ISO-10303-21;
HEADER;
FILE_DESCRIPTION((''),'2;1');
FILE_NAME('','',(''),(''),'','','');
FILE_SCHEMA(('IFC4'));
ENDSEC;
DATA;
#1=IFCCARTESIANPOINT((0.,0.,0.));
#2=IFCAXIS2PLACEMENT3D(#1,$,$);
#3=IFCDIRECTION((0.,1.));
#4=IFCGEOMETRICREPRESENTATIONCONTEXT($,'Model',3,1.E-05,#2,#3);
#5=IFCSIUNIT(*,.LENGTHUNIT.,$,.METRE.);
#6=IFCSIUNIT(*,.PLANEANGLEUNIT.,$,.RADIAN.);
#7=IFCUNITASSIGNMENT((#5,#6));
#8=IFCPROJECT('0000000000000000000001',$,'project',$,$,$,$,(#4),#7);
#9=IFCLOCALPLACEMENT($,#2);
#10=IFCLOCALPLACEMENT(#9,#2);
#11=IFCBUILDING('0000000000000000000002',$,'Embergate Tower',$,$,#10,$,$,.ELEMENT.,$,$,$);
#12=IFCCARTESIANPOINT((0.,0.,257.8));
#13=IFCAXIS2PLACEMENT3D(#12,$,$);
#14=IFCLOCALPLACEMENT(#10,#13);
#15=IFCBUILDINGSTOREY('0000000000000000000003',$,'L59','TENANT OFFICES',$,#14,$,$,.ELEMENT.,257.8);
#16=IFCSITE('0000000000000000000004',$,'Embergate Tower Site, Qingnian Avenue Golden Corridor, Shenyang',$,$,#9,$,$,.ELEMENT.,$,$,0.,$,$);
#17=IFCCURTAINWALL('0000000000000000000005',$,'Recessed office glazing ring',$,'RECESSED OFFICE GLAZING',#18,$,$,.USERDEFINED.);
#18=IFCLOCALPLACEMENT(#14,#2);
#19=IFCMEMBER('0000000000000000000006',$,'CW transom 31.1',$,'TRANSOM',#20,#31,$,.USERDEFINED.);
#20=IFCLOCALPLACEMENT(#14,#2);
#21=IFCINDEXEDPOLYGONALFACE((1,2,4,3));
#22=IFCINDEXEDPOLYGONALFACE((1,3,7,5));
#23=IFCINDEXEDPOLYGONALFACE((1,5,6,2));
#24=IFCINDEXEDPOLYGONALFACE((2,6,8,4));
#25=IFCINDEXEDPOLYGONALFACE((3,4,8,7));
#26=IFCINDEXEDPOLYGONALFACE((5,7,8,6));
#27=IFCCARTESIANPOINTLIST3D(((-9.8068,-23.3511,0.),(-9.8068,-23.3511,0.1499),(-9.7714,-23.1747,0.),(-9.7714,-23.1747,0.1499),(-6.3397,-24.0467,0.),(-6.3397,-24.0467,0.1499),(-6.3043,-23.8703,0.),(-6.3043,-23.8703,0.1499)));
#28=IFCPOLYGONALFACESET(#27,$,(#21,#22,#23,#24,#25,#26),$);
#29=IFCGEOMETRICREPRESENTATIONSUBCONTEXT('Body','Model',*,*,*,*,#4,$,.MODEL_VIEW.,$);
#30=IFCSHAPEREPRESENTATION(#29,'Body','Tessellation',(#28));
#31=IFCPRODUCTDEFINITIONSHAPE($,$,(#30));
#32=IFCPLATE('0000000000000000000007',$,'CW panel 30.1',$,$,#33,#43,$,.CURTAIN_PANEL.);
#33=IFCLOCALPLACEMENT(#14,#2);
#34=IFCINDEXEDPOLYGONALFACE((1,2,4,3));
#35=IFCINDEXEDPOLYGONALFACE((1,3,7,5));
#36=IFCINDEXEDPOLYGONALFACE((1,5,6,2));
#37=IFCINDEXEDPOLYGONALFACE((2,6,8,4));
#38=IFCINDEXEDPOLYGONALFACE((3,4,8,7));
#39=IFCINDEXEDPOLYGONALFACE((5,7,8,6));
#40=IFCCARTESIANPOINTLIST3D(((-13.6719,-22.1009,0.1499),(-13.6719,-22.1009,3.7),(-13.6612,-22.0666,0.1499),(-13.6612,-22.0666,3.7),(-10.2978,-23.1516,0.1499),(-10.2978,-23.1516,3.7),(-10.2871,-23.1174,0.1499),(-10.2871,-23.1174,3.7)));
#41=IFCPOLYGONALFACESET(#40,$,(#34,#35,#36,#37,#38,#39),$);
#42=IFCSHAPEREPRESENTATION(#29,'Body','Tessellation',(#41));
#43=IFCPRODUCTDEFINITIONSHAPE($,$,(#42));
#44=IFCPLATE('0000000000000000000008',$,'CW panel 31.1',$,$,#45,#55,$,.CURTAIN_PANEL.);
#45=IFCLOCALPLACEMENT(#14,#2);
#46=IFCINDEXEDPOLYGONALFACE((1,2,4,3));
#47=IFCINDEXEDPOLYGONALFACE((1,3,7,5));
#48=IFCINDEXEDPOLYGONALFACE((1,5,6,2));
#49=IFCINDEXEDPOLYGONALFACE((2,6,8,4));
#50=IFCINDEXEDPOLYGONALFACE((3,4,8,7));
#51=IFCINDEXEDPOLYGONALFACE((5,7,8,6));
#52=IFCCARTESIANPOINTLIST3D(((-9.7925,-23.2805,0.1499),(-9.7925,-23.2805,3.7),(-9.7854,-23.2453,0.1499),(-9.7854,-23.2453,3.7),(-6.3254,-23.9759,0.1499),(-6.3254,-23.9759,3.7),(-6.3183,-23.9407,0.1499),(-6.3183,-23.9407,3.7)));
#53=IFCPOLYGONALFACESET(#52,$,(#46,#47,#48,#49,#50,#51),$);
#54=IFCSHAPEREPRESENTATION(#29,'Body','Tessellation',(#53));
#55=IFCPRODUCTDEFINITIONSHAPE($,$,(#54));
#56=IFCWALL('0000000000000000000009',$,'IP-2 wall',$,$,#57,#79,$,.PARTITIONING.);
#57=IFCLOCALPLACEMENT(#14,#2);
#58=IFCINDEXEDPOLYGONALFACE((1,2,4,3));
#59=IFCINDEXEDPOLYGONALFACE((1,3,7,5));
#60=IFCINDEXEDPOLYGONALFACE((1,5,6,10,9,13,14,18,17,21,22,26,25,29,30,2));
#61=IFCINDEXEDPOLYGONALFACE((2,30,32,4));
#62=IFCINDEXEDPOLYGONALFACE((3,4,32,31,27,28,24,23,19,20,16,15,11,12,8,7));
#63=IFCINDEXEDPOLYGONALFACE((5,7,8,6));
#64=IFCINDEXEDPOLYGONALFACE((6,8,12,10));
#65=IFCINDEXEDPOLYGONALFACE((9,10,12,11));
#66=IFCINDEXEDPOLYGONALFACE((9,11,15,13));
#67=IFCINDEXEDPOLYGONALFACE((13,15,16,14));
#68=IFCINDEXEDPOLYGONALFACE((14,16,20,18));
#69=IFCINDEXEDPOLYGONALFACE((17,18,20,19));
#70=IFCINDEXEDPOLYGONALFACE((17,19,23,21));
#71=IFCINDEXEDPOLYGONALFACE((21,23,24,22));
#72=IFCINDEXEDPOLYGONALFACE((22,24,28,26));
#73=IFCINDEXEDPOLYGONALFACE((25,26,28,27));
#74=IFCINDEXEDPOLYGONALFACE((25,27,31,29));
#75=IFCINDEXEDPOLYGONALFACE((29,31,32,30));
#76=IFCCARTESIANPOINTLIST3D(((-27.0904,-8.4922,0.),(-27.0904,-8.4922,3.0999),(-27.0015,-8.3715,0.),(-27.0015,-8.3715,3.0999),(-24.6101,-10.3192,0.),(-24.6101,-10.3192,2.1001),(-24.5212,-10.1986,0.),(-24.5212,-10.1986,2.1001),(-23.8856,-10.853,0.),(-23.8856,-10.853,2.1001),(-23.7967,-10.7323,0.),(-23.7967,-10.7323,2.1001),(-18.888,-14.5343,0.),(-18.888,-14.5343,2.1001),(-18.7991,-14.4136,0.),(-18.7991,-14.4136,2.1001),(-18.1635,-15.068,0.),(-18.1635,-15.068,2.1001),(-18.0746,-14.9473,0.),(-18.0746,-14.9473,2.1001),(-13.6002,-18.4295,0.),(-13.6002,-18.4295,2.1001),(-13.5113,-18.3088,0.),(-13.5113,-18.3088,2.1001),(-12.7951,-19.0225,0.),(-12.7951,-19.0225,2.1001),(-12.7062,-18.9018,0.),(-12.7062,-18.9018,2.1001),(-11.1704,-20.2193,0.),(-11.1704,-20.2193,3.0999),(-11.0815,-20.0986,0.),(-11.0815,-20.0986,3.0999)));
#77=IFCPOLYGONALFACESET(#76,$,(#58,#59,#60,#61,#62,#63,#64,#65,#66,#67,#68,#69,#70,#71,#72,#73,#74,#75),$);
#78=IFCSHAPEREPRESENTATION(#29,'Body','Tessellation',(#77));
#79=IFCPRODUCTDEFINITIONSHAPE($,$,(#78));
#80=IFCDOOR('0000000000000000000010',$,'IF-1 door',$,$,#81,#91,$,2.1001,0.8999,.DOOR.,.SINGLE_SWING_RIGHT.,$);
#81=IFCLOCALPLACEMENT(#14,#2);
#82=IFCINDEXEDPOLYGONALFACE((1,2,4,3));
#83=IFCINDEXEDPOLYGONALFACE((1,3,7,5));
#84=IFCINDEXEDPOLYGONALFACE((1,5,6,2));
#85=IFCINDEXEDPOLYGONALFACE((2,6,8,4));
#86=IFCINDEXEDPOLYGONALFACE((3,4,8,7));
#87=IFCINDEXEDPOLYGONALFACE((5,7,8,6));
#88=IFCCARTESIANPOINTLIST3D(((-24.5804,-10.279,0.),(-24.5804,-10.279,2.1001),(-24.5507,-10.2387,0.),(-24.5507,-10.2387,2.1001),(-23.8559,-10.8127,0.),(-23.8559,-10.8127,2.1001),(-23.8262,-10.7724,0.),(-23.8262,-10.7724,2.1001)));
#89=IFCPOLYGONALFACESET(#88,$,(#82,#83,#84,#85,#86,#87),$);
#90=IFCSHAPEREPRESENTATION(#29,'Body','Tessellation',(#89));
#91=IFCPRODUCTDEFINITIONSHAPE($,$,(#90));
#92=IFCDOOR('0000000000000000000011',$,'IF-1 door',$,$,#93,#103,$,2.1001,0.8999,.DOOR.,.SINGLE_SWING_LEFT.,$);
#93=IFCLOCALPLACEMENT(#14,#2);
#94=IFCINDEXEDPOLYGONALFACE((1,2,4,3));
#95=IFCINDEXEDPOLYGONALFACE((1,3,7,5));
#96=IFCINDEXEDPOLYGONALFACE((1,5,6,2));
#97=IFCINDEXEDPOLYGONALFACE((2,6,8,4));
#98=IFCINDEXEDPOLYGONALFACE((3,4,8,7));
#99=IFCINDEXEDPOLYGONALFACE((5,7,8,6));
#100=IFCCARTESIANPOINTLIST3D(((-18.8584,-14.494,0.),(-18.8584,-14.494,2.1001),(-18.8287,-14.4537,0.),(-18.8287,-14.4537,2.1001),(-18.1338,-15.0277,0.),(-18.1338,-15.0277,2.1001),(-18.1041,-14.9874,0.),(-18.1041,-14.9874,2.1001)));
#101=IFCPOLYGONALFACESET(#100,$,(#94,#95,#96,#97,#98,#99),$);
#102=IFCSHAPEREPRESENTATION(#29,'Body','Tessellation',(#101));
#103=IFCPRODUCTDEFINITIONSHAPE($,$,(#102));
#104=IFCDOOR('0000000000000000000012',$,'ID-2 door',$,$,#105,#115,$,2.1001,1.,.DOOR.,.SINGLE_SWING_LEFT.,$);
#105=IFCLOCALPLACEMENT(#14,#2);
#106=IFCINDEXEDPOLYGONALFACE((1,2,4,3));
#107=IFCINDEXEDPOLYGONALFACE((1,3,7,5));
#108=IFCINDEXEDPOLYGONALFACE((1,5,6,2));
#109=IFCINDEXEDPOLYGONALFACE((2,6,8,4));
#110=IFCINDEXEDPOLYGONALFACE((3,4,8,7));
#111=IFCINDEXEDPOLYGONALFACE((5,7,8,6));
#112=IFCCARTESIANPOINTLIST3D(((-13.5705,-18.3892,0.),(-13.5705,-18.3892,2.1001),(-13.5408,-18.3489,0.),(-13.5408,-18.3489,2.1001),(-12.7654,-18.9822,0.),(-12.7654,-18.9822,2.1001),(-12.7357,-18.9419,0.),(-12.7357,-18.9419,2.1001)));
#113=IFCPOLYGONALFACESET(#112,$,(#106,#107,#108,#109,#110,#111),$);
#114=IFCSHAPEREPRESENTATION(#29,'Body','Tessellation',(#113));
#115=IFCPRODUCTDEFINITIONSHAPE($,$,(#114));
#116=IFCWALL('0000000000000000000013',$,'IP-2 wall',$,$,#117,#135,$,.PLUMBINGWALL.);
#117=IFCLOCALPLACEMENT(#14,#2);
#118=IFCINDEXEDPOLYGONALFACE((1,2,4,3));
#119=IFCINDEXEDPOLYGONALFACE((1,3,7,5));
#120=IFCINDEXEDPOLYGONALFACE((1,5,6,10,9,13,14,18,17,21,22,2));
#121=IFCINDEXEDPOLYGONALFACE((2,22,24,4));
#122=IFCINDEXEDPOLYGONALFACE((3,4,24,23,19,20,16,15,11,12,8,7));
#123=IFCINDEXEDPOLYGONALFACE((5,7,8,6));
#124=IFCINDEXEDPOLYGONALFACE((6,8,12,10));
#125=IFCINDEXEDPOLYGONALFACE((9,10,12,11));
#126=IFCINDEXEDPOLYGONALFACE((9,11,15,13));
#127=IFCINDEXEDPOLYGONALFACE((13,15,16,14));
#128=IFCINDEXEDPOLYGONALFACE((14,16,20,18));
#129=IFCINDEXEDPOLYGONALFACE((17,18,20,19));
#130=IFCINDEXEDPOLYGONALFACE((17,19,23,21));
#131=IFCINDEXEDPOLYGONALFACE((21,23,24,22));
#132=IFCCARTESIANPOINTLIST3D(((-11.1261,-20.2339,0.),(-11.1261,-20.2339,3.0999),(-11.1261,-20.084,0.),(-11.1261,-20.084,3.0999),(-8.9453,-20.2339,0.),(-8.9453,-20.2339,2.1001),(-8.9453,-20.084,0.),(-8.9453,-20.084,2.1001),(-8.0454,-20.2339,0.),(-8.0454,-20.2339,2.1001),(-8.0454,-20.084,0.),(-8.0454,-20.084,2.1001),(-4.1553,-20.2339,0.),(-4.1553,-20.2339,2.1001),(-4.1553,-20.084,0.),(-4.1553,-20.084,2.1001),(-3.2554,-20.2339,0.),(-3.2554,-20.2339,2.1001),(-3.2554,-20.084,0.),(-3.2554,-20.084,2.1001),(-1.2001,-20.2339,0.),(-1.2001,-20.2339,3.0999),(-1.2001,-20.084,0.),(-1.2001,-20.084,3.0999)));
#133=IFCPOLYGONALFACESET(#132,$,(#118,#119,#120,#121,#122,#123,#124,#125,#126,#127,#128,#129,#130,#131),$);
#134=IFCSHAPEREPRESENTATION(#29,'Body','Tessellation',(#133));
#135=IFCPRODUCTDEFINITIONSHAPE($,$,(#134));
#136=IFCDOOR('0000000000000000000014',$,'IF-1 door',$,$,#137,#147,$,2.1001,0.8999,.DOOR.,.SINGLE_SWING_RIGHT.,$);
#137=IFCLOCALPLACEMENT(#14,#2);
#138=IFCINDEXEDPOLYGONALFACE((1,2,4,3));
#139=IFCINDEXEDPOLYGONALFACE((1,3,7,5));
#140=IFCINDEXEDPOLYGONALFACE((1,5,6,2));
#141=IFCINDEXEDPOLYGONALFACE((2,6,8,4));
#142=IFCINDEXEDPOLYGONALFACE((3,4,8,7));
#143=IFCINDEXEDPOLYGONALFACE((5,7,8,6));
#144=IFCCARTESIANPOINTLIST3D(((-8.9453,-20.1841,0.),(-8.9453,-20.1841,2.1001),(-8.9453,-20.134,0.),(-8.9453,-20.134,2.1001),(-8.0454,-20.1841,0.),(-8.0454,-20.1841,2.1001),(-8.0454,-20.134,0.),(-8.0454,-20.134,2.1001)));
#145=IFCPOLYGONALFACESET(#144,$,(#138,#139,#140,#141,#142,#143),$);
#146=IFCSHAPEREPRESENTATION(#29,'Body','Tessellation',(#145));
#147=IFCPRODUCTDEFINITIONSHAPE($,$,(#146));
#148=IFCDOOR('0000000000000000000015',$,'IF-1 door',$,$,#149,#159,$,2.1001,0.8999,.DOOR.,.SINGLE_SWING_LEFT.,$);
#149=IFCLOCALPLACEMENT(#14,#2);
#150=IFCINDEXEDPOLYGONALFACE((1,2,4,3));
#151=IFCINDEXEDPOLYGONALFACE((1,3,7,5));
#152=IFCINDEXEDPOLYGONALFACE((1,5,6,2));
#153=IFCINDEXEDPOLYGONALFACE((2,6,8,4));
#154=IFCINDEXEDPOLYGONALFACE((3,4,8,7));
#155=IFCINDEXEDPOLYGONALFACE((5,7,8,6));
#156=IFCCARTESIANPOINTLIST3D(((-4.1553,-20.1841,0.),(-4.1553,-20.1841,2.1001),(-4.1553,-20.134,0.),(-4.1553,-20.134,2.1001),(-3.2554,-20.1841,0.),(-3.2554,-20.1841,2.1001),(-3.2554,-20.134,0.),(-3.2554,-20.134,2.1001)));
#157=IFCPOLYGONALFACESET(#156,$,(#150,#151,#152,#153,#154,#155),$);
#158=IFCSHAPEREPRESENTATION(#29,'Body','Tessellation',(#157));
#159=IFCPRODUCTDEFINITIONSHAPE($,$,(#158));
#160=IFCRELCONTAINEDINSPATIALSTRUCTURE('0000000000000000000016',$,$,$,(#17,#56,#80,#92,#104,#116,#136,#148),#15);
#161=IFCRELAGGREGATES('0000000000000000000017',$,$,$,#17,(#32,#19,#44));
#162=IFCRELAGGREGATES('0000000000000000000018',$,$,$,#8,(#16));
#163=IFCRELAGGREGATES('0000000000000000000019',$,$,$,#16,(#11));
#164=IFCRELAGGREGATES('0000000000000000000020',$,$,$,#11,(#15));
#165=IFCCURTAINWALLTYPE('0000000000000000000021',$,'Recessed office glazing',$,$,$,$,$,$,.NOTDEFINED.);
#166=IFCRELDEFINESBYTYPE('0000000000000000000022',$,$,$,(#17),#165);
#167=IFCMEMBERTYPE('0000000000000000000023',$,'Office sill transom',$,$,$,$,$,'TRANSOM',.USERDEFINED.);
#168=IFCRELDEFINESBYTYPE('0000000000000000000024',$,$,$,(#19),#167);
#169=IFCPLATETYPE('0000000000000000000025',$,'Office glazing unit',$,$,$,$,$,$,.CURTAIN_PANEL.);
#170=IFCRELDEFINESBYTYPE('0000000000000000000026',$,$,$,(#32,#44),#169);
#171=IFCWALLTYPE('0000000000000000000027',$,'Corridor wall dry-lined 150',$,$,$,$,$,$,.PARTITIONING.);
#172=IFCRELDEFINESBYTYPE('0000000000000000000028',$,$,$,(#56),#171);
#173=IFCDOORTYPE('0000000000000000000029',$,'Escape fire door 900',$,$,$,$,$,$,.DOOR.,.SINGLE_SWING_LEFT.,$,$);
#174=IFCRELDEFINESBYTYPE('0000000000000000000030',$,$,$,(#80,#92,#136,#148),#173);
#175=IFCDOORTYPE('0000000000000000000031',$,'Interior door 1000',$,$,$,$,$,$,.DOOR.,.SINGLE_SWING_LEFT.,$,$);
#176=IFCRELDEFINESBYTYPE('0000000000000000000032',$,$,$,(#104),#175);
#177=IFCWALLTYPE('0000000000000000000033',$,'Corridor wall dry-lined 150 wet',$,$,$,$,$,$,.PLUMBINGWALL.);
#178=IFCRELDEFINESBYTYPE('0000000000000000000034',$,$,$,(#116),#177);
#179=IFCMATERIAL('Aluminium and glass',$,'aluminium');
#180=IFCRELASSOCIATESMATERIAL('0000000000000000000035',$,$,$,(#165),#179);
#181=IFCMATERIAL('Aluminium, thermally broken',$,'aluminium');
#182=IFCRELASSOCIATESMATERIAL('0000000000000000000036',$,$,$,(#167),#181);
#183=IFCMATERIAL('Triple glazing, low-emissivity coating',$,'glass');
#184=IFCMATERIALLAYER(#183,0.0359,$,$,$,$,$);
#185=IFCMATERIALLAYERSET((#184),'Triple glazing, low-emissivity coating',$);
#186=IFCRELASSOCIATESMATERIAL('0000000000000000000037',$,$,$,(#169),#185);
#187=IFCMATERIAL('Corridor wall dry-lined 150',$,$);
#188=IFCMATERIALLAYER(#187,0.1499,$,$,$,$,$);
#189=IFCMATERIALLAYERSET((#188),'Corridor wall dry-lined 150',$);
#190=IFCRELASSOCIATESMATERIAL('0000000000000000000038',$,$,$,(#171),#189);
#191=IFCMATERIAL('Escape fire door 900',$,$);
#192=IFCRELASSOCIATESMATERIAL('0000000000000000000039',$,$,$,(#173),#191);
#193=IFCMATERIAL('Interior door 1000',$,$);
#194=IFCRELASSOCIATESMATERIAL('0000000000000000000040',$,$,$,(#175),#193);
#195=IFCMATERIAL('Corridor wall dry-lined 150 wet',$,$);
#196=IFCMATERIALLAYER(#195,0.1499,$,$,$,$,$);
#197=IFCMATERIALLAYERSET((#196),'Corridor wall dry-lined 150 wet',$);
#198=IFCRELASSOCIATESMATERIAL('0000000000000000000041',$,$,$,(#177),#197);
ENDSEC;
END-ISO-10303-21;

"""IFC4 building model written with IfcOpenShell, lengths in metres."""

from ifc_helpers import new_model, si_unit, direction, frame, frame_2d, origin, origin_2d, place, context, subcontext, project, spatial, rectangle, extrude, source, transform, mapped, material, layer, layer_set, material_profile, profile_set, type_object, element, fill, aggregate, save


model = new_model("IFC4")

# Units and contexts
model_context = context("Model", 3, precision=1e-05, world=origin(), true_north=direction((0.0, 1.0)))
body_context = subcontext(model_context, "Body", "Model", "MODEL_VIEW")
ifc_project = project(units=[si_unit("LENGTHUNIT", "METRE"), si_unit("PLANEANGLEUNIT", "RADIAN")], contexts=[model_context])

# Site, building, storey
site_placement = place(None, origin())
site = spatial("IfcSite", under=ifc_project, at=site_placement, Name="Embergate Tower Site, Qingnian Avenue Golden Corridor, Shenyang", CompositionType="ELEMENT", RefElevation=0.0)
building_placement = place(site_placement, origin())
building = spatial("IfcBuilding", under=site, at=building_placement, Name="Embergate Tower", CompositionType="ELEMENT")
storey_placement = place(building_placement, frame((0.0, 0.0, 257.8)))
storey = spatial("IfcBuildingStorey", under=building, at=storey_placement, Name="L59", Description="TENANT OFFICES", CompositionType="ELEMENT", Elevation=257.8)

# Curtain wall, member, plates
ifc_material_1 = material(Name="Aluminium and glass", Category="aluminium")
curtain_wall_type = type_object("IfcCurtainWallType", Name="Recessed office glazing", PredefinedType="NOTDEFINED", material=ifc_material_1)
curtain_wall_placement = place(storey_placement, origin())
curtain_wall = element("IfcCurtainWall", 1, at=curtain_wall_placement, inside=storey, type_object=curtain_wall_type, Name="Recessed office glazing ring", ObjectType="RECESSED OFFICE GLAZING", PredefinedType="USERDEFINED")
ifc_material_2 = material(Name="Aluminium, thermally broken", Category="aluminium")
ifc_material_profile_1 = material_profile(ifc_material_2, rectangle(XDim=0.1799, YDim=0.1499, at=origin_2d()), Name="AL 150x180")
ifc_profile_set_1 = profile_set([ifc_material_profile_1], Name="Aluminium, thermally broken")
member_type_1 = type_object("IfcMemberType", Name="Office sill transom", ElementType="TRANSOM", PredefinedType="USERDEFINED", material=ifc_profile_set_1)
shared_shape_1 = source(origin(), body_context, "Body", "SweptSolid", [
    extrude(rectangle(XDim=0.1799, YDim=0.1499, at=origin_2d()), origin(), (0.0, 0.0, 1.0), 3.5361),
])
member_1_placement = place(storey_placement, frame((-9.7891, -23.2629, 0.075), z_axis=(0.980464, -0.1967, 0.0), x_axis=(0.1967, 0.980464, 0.0)))
member_1 = element("IfcMember", 2, at=member_1_placement, type_object=member_type_1, Name="CW transom 31.1", ObjectType="TRANSOM", PredefinedType="USERDEFINED", context=body_context, shape_type="MappedRepresentation", body=[
    mapped(shared_shape_1, transform((0.0, 0.0, 0.0))),
])
ifc_material_3 = material(Name="Triple glazing, low-emissivity coating", Category="glass")
ifc_layer_1 = layer(ifc_material_3, 0.0359)
ifc_layer_set_1 = layer_set([ifc_layer_1], Name="Triple glazing, low-emissivity coating")
plate_type = type_object("IfcPlateType", Name="Office glazing unit", PredefinedType="CURTAIN_PANEL", material=ifc_layer_set_1)
shared_shape_2 = source(origin(), body_context, "Body", "SweptSolid", [
    extrude(rectangle(XDim=3.5339, YDim=0.0359, at=origin_2d()), origin(), (0.0, 0.0, 1.0), 3.55),
])
plate_1_placement = place(storey_placement, frame((-11.9795, -22.6091, 0.1499), z_axis=(0.0, 0.0, 1.0), x_axis=(0.954773, -0.297337, 0.0)))
plate_1 = element("IfcPlate", 3, at=plate_1_placement, type_object=plate_type, Name="CW panel 30.1", PredefinedType="CURTAIN_PANEL", context=body_context, shape_type="MappedRepresentation", body=[
    mapped(shared_shape_2, transform((0.0, 0.0, 0.0))),
])
shared_shape_3 = source(origin(), body_context, "Body", "SweptSolid", [
    extrude(rectangle(XDim=3.5361, YDim=0.0359, at=origin_2d()), origin(), (0.0, 0.0, 1.0), 3.55),
])
plate_2_placement = place(storey_placement, frame((-8.0554, -23.6106, 0.1499), z_axis=(0.0, 0.0, 1.0), x_axis=(0.980476, -0.196639, 0.0)))
plate_2 = element("IfcPlate", 4, at=plate_2_placement, type_object=plate_type, Name="CW panel 31.1", PredefinedType="CURTAIN_PANEL", context=body_context, shape_type="MappedRepresentation", body=[
    mapped(shared_shape_3, transform((0.0, 0.0, 0.0))),
])
aggregate(curtain_wall, [plate_1, member_1, plate_2])

# Walls, openings, doors
ifc_material_4 = material(Name="Corridor wall dry-lined 150")
ifc_layer_2 = layer(ifc_material_4, 0.1499)
ifc_layer_set_2 = layer_set([ifc_layer_2], Name="Corridor wall dry-lined 150")
wall_type_1 = type_object("IfcWallType", Name="Corridor wall dry-lined 150", PredefinedType="PARTITIONING", material=ifc_layer_set_2)
shared_shape_4 = source(origin(), body_context, "Body", "SweptSolid", [
    extrude(rectangle(XDim=19.7729, YDim=0.1499, at=frame_2d((9.8865, 0.0))), origin(), (0.0, 0.0, 1.0), 3.0999),
])
wall_1_placement = place(storey_placement, frame((-11.126, -20.1589, 0.0), z_axis=(0.0, 0.0, 1.0), x_axis=(-0.805138, 0.593087, 0.0)))
wall_1 = element("IfcWall", 5, at=wall_1_placement, inside=storey, type_object=wall_type_1, Name="IP-2 wall", PredefinedType="PARTITIONING", context=body_context, shape_type="MappedRepresentation", body=[
    mapped(shared_shape_4, transform((0.0, 0.0, 0.0))),
])
shared_shape_5 = source(origin(), body_context, "Body", "SweptSolid", [
    extrude(rectangle(XDim=0.8999, YDim=2.1001, at=frame_2d((0.45, 1.05))), frame((0.0, 0.085, 0.0), z_axis=(0.0, -1.0, 0.0), x_axis=(1.0, 0.0, 0.0)), (0.0, 0.0, 1.0), 0.1699),
])
opening_1_placement = place(wall_1_placement, frame((15.7925, 0.0, 0.0)))
opening_1 = element("IfcOpeningElement", 6, at=opening_1_placement, cuts=wall_1, PredefinedType="OPENING", context=body_context, shape_type="MappedRepresentation", body=[
    mapped(shared_shape_5, transform((0.0, 0.0, 0.0))),
])
opening_2_placement = place(wall_1_placement, frame((8.6855, 0.0, 0.0)))
opening_2 = element("IfcOpeningElement", 7, at=opening_2_placement, cuts=wall_1, PredefinedType="OPENING", context=body_context, shape_type="MappedRepresentation", body=[
    mapped(shared_shape_5, transform((0.0, 0.0, 0.0))),
])
shared_shape_6 = source(origin(), body_context, "Body", "SweptSolid", [
    extrude(rectangle(XDim=1.0, YDim=2.1001, at=frame_2d((0.5, 1.05))), frame((0.0, 0.085, 0.0), z_axis=(0.0, -1.0, 0.0), x_axis=(1.0, 0.0, 0.0)), (0.0, 0.0, 1.0), 0.1699),
])
opening_3_placement = place(wall_1_placement, frame((2.0178, 0.0, 0.0)))
opening_3 = element("IfcOpeningElement", 8, at=opening_3_placement, cuts=wall_1, PredefinedType="OPENING", context=body_context, shape_type="MappedRepresentation", body=[
    mapped(shared_shape_6, transform((0.0, 0.0, 0.0))),
])
ifc_material_5 = material(Name="Escape fire door 900")
door_type_1 = type_object("IfcDoorType", Name="Escape fire door 900", OperationType="SINGLE_SWING_LEFT", PredefinedType="DOOR", material=ifc_material_5)
shared_shape_7 = source(origin(), body_context, "Body", "SweptSolid", [
    extrude(rectangle(XDim=0.8999, YDim=2.1001, at=frame_2d((0.45, 1.05))), frame((0.0, 0.0249, 0.0), z_axis=(0.0, -1.0, 0.0), x_axis=(1.0, 0.0, 0.0)), (0.0, 0.0, 1.0), 0.05),
])
door_1_placement = place(opening_1_placement, origin())
door_1 = element("IfcDoor", 9, at=door_1_placement, inside=storey, type_object=door_type_1, Name="IF-1 door", OperationType="SINGLE_SWING_RIGHT", OverallHeight=2.1001, OverallWidth=0.8999, PredefinedType="DOOR", context=body_context, shape_type="MappedRepresentation", body=[
    mapped(shared_shape_7, transform((0.0, 0.0, 0.0))),
])
fill(opening_1, door_1)
door_2_placement = place(opening_2_placement, origin())
door_2 = element("IfcDoor", 10, at=door_2_placement, inside=storey, type_object=door_type_1, Name="IF-1 door", OperationType="SINGLE_SWING_LEFT", OverallHeight=2.1001, OverallWidth=0.8999, PredefinedType="DOOR", context=body_context, shape_type="MappedRepresentation", body=[
    mapped(shared_shape_7, transform((0.0, 0.0, 0.0))),
])
fill(opening_2, door_2)
ifc_material_6 = material(Name="Interior door 1000")
door_type_2 = type_object("IfcDoorType", Name="Interior door 1000", OperationType="SINGLE_SWING_LEFT", PredefinedType="DOOR", material=ifc_material_6)
shared_shape_8 = source(origin(), body_context, "Body", "SweptSolid", [
    extrude(rectangle(XDim=1.0, YDim=2.1001, at=frame_2d((0.5, 1.05))), frame((0.0, 0.0249, 0.0), z_axis=(0.0, -1.0, 0.0), x_axis=(1.0, 0.0, 0.0)), (0.0, 0.0, 1.0), 0.05),
])
door_3_placement = place(opening_3_placement, origin())
door_3 = element("IfcDoor", 11, at=door_3_placement, inside=storey, type_object=door_type_2, Name="ID-2 door", OperationType="SINGLE_SWING_LEFT", OverallHeight=2.1001, OverallWidth=1.0, PredefinedType="DOOR", context=body_context, shape_type="MappedRepresentation", body=[
    mapped(shared_shape_8, transform((0.0, 0.0, 0.0))),
])
fill(opening_3, door_3)
ifc_material_7 = material(Name="Corridor wall dry-lined 150 wet")
ifc_layer_3 = layer(ifc_material_7, 0.1499)
ifc_layer_set_3 = layer_set([ifc_layer_3], Name="Corridor wall dry-lined 150 wet")
wall_type_2 = type_object("IfcWallType", Name="Corridor wall dry-lined 150 wet", PredefinedType="PLUMBINGWALL", material=ifc_layer_set_3)
shared_shape_9 = source(origin(), body_context, "Body", "SweptSolid", [
    extrude(rectangle(XDim=9.926, YDim=0.1499, at=frame_2d((4.9629, 0.0))), origin(), (0.0, 0.0, 1.0), 3.0999),
])
wall_2_placement = place(storey_placement, frame((-11.126, -20.1589, 0.0), z_axis=(0.0, 0.0, 1.0), x_axis=(1.0, 0.0, 0.0)))
wall_2 = element("IfcWall", 12, at=wall_2_placement, inside=storey, type_object=wall_type_2, Name="IP-2 wall", PredefinedType="PLUMBINGWALL", context=body_context, shape_type="MappedRepresentation", body=[
    mapped(shared_shape_9, transform((0.0, 0.0, 0.0))),
])
opening_4_placement = place(wall_2_placement, frame((2.1807, 0.0, 0.0)))
opening_4 = element("IfcOpeningElement", 13, at=opening_4_placement, cuts=wall_2, PredefinedType="OPENING", context=body_context, shape_type="MappedRepresentation", body=[
    mapped(shared_shape_5, transform((0.0, 0.0, 0.0))),
])
opening_5_placement = place(wall_2_placement, frame((6.9707, 0.0, 0.0)))
opening_5 = element("IfcOpeningElement", 14, at=opening_5_placement, cuts=wall_2, PredefinedType="OPENING", context=body_context, shape_type="MappedRepresentation", body=[
    mapped(shared_shape_5, transform((0.0, 0.0, 0.0))),
])
door_4_placement = place(opening_4_placement, origin())
door_4 = element("IfcDoor", 15, at=door_4_placement, inside=storey, type_object=door_type_1, Name="IF-1 door", OperationType="SINGLE_SWING_RIGHT", OverallHeight=2.1001, OverallWidth=0.8999, PredefinedType="DOOR", context=body_context, shape_type="MappedRepresentation", body=[
    mapped(shared_shape_7, transform((0.0, 0.0, 0.0))),
])
fill(opening_4, door_4)
door_5_placement = place(opening_5_placement, origin())
door_5 = element("IfcDoor", 16, at=door_5_placement, inside=storey, type_object=door_type_1, Name="IF-1 door", OperationType="SINGLE_SWING_LEFT", OverallHeight=2.1001, OverallWidth=0.8999, PredefinedType="DOOR", context=body_context, shape_type="MappedRepresentation", body=[
    mapped(shared_shape_7, transform((0.0, 0.0, 0.0))),
])
fill(opening_5, door_5)

save(model, "model.ifc")
